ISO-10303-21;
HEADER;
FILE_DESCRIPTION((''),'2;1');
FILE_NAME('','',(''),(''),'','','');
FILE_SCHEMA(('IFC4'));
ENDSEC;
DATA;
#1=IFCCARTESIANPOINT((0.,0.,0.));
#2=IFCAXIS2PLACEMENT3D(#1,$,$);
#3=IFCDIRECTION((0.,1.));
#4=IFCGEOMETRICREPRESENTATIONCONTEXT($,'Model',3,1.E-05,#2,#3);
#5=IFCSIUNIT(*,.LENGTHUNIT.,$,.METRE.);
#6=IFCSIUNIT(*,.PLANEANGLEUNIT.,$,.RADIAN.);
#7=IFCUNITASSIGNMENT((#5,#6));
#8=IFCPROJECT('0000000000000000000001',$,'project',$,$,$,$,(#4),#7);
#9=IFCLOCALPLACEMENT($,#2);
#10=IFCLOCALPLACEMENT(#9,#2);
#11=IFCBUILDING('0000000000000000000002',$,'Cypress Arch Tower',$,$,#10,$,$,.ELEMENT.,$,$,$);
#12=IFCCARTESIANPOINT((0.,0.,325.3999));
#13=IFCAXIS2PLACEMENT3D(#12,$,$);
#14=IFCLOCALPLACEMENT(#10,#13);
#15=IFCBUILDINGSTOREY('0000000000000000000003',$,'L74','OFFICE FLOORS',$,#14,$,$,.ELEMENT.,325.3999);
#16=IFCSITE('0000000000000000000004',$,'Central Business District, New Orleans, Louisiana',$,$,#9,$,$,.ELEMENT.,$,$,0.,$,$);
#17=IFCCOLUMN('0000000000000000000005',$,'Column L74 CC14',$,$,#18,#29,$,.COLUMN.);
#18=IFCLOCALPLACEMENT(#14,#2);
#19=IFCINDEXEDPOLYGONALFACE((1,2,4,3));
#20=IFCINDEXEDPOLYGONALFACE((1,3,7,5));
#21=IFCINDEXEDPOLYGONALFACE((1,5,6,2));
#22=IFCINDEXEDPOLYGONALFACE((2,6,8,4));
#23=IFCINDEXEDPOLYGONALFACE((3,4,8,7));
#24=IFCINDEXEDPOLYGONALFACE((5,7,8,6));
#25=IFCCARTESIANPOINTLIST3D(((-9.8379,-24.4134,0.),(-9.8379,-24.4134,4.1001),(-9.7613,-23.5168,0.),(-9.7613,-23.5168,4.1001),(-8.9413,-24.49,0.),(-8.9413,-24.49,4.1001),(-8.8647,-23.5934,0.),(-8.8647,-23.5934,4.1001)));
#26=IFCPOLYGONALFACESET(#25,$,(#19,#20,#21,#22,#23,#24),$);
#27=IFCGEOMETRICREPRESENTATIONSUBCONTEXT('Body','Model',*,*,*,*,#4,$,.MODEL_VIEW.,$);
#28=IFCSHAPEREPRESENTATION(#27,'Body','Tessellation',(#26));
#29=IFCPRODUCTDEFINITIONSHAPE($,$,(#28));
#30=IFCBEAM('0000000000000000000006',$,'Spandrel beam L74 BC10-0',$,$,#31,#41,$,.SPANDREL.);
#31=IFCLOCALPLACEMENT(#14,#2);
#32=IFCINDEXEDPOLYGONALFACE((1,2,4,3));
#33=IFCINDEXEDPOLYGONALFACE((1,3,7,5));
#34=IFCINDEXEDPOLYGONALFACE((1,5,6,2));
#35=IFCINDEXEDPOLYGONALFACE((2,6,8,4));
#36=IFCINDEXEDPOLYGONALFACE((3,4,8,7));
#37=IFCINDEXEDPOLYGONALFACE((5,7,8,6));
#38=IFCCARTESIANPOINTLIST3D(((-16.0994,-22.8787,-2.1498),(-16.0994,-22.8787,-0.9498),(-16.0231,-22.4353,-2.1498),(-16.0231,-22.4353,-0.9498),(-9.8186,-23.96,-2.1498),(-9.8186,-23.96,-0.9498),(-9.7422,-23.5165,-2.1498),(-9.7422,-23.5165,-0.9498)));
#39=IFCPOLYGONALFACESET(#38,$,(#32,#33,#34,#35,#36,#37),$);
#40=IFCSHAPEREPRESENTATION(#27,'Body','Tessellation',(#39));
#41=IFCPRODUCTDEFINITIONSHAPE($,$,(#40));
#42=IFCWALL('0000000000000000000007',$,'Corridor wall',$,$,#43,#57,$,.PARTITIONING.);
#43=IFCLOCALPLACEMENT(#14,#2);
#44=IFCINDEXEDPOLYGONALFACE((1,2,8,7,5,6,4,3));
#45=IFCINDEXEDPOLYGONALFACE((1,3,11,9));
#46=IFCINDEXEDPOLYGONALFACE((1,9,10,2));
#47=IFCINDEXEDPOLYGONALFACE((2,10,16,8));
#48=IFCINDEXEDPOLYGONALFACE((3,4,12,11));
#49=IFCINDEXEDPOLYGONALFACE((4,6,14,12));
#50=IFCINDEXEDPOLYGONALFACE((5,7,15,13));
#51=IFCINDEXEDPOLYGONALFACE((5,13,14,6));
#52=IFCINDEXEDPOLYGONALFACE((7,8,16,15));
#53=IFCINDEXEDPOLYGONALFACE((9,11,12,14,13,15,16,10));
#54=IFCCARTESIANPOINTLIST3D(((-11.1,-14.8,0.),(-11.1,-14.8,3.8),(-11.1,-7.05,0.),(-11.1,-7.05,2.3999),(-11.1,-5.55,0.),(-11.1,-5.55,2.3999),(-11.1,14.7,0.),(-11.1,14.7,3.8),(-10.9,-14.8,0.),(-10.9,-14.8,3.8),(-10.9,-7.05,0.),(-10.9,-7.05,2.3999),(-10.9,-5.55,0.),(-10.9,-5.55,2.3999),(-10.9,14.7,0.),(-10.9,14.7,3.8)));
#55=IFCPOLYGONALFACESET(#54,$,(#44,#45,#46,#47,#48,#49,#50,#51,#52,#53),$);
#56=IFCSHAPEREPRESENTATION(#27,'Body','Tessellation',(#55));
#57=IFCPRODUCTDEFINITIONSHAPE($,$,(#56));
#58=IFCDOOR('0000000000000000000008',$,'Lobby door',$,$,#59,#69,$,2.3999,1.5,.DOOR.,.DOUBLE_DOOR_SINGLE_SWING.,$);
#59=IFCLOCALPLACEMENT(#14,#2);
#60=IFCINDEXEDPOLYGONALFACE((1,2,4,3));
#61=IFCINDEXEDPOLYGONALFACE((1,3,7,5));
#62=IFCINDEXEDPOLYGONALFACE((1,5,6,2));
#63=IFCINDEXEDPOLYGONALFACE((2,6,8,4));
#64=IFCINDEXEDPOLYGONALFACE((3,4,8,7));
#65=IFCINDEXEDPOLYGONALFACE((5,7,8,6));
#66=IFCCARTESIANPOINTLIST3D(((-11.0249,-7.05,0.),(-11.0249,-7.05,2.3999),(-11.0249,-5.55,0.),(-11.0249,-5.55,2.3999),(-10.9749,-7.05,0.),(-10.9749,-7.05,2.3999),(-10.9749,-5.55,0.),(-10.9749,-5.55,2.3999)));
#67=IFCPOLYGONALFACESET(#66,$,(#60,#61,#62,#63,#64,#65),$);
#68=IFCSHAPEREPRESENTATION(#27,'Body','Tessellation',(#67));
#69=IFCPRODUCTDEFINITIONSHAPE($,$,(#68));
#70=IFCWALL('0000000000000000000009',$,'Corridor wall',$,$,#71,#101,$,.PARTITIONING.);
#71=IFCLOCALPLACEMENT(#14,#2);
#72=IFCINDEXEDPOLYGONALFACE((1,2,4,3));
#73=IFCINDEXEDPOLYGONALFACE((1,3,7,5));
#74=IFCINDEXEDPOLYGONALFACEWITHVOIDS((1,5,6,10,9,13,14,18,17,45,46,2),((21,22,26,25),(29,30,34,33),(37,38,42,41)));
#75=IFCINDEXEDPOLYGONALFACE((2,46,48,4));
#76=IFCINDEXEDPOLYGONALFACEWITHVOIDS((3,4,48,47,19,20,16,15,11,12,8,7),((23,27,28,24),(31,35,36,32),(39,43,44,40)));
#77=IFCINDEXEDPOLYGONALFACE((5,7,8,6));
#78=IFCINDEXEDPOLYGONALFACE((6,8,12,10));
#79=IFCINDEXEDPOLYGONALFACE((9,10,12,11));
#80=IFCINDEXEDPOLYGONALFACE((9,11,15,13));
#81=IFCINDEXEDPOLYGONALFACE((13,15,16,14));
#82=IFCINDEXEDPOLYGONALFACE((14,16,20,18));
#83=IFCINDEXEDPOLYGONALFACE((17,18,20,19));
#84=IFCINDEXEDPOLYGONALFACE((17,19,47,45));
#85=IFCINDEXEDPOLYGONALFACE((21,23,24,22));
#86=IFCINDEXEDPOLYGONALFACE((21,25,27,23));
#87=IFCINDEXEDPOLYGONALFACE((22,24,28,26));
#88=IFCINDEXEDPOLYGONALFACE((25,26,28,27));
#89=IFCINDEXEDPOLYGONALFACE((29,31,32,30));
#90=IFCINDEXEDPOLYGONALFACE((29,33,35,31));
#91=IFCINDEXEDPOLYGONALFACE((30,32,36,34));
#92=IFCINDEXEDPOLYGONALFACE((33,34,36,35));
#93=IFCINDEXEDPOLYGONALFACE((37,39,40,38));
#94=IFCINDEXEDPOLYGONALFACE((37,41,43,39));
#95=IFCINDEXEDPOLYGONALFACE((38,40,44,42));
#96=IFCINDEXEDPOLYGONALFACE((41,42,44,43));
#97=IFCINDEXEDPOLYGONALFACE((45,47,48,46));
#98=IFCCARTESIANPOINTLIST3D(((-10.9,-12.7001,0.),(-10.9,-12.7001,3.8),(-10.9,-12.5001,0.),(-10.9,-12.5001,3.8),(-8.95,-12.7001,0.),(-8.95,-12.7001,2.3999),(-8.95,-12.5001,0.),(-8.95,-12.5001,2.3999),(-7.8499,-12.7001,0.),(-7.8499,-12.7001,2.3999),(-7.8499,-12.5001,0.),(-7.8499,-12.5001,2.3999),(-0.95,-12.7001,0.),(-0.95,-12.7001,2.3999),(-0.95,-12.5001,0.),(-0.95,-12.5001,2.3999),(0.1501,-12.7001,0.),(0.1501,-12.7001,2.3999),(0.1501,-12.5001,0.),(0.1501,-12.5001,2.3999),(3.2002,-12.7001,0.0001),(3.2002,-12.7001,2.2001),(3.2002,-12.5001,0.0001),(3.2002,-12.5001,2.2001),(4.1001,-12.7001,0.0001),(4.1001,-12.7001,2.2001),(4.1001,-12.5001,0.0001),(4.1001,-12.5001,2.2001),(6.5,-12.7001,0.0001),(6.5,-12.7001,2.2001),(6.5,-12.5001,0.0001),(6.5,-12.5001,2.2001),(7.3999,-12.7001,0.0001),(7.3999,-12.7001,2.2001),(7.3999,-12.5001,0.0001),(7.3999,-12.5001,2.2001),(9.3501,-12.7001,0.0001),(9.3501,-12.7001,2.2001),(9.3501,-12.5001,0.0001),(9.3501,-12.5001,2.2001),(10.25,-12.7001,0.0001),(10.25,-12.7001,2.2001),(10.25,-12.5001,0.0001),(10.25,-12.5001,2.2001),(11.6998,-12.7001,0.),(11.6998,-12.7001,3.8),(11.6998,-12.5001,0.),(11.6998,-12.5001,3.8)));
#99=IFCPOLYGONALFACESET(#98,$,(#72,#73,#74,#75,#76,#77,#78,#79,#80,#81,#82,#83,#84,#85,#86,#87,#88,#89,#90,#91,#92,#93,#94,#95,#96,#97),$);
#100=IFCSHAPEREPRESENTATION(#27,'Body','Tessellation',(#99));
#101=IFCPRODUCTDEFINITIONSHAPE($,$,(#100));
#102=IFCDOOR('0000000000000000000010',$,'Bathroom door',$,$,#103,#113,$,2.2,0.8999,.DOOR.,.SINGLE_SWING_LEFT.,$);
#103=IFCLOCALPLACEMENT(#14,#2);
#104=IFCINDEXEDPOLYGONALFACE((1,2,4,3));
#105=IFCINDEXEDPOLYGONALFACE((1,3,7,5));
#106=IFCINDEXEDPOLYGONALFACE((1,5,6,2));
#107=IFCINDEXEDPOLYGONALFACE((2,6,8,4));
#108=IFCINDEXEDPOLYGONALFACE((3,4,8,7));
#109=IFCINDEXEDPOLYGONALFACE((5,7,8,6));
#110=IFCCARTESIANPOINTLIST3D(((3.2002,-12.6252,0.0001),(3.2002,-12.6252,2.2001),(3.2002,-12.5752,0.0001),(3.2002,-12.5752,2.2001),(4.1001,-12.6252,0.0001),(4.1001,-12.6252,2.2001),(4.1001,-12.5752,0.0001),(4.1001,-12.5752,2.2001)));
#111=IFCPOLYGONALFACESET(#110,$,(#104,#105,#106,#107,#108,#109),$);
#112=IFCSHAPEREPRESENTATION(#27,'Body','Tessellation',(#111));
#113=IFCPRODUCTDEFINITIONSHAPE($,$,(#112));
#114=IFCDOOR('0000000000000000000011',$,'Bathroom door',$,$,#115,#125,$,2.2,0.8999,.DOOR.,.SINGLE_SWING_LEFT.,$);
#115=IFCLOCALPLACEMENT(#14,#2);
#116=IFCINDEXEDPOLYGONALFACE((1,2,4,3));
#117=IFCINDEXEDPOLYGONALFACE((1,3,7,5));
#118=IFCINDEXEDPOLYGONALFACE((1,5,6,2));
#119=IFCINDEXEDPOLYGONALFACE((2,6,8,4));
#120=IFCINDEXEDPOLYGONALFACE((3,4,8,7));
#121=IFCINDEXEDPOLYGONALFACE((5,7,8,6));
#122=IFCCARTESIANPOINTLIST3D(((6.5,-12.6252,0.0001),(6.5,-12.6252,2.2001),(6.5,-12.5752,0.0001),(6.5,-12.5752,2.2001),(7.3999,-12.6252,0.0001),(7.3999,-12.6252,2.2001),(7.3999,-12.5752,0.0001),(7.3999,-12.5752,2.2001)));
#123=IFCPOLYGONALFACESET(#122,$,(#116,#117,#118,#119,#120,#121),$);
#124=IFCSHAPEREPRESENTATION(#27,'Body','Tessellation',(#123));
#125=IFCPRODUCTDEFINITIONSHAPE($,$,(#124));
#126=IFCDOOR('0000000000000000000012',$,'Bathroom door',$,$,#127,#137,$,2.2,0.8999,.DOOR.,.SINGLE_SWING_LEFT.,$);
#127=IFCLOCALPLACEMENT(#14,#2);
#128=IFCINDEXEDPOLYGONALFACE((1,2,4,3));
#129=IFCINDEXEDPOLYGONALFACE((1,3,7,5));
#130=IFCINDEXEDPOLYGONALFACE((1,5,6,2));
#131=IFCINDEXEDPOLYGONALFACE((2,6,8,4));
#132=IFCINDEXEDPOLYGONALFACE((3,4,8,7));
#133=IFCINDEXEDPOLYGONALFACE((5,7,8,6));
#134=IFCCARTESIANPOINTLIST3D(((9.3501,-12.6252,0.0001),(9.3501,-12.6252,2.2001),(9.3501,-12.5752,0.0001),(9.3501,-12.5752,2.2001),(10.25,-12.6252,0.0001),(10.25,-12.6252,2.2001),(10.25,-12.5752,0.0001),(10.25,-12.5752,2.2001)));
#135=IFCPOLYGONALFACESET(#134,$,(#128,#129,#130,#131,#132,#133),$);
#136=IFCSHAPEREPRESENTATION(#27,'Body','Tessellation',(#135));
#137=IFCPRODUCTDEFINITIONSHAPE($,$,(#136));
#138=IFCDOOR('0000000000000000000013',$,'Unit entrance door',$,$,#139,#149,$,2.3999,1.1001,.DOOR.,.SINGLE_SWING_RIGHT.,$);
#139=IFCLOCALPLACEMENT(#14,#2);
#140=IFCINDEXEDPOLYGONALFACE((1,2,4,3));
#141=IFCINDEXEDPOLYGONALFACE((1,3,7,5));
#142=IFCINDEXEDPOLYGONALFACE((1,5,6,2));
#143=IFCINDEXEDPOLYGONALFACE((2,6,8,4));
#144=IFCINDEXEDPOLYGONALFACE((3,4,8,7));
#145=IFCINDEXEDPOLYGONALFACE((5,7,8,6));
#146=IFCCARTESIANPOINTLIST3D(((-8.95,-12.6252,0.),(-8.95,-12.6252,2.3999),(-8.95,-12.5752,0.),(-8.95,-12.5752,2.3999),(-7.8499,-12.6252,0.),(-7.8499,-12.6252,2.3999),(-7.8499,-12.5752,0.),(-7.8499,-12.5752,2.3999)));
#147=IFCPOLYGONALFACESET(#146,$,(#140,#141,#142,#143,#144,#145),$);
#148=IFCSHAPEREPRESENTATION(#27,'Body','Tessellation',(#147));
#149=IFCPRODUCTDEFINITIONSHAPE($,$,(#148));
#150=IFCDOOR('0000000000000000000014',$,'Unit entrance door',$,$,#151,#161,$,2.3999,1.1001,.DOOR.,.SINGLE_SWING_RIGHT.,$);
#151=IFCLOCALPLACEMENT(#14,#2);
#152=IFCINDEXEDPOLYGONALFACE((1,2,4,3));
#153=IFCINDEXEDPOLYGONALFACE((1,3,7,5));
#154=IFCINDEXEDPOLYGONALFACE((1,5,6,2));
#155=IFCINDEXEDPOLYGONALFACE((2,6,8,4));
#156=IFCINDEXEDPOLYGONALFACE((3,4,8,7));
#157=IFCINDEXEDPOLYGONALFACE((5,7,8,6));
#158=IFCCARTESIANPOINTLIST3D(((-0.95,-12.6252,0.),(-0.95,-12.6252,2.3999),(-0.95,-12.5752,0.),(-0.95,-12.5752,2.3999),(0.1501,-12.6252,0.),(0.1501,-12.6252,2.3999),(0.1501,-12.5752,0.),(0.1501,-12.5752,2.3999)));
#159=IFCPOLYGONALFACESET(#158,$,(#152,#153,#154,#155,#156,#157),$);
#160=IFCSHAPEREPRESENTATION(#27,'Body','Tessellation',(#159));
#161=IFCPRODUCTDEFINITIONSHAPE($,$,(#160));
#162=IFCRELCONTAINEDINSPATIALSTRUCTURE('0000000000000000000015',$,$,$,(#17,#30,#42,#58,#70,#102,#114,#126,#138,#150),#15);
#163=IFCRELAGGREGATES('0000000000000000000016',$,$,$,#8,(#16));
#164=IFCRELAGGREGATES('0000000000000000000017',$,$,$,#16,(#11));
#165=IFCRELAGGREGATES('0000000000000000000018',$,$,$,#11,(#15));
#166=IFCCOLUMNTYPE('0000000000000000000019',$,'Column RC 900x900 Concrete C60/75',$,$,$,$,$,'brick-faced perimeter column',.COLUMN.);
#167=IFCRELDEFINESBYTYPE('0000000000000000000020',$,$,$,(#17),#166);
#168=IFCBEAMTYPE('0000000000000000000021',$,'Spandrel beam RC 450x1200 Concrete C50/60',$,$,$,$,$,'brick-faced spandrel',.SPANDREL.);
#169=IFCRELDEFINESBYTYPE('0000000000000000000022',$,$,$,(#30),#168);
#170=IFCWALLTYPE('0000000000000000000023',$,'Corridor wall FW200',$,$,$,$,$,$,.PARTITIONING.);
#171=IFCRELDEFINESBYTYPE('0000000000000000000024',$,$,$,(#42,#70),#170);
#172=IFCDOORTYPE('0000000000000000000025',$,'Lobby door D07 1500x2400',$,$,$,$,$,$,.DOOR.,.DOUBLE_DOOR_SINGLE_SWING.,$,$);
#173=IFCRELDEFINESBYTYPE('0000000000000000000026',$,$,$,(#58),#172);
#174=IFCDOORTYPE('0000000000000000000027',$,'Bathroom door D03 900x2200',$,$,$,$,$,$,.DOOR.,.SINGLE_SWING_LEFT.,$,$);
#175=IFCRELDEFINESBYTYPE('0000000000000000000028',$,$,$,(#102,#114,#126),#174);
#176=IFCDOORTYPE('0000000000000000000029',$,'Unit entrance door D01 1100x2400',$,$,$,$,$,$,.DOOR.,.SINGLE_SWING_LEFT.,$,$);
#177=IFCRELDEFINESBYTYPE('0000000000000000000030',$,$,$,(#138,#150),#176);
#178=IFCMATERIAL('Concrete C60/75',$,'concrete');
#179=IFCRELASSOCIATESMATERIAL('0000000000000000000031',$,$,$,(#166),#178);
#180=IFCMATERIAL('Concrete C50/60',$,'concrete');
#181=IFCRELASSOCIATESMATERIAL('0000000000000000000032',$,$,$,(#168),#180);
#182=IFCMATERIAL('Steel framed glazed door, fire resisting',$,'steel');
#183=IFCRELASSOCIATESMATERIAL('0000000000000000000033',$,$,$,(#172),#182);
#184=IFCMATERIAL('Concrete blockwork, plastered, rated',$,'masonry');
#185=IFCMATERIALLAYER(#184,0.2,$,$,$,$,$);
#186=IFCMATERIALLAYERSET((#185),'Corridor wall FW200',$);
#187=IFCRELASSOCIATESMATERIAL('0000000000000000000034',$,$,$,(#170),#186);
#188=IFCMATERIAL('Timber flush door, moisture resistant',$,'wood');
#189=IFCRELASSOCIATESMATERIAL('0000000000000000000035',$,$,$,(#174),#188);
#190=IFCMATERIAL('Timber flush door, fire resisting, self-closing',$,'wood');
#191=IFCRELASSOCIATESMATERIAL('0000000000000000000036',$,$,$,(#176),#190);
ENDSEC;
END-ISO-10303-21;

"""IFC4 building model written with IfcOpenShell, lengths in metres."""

from ifc_helpers import new_model, si_unit, direction, frame, frame_2d, origin, origin_2d, place, context, subcontext, project, spatial, rectangle, extrude, material, layer, layer_set, material_profile, profile_set, type_object, element, fill, save


model = new_model("IFC4")

# Units and contexts
model_context = context("Model", 3, precision=1e-05, world=origin(), true_north=direction((0.0, 1.0)))
body_context = subcontext(model_context, "Body", "Model", "MODEL_VIEW")
ifc_project = project(units=[si_unit("LENGTHUNIT", "METRE"), si_unit("PLANEANGLEUNIT", "RADIAN")], contexts=[model_context])

# Site, building, storey
site_placement = place(None, origin())
site = spatial("IfcSite", under=ifc_project, at=site_placement, Name="Central Business District, New Orleans, Louisiana", CompositionType="ELEMENT", RefElevation=0.0)
building_placement = place(site_placement, origin())
building = spatial("IfcBuilding", under=site, at=building_placement, Name="Cypress Arch Tower", CompositionType="ELEMENT")
storey_placement = place(building_placement, frame((0.0, 0.0, 325.3999)))
storey = spatial("IfcBuildingStorey", under=building, at=storey_placement, Name="L74", Description="OFFICE FLOORS", CompositionType="ELEMENT", Elevation=325.3999)

# Column
ifc_material_1 = material(Name="Concrete C60/75", Category="concrete")
ifc_material_profile_1 = material_profile(ifc_material_1, rectangle(XDim=0.8999, YDim=0.8999, at=origin_2d()), Name="RC 900x900")
ifc_profile_set_1 = profile_set([ifc_material_profile_1], Name="Concrete C60/75")
column_type = type_object("IfcColumnType", Name="Column RC 900x900 Concrete C60/75", ElementType="brick-faced perimeter column", PredefinedType="COLUMN", material=ifc_profile_set_1)
column_placement = place(storey_placement, frame((-9.3513, -24.0034, 0.0), z_axis=(0.0, 0.0, 1.0), x_axis=(0.996368, -0.085149, 0.0)))
element("IfcColumn", 1, at=column_placement, inside=storey, type_object=column_type, Name="Column L74 CC14", PredefinedType="COLUMN", context=body_context, shape_type="SweptSolid", body=[
    extrude(rectangle(XDim=0.8999, YDim=0.8999, at=origin_2d()), origin(), (0.0, 0.0, 1.0), 4.1001),
])

# Beam
ifc_material_2 = material(Name="Concrete C50/60", Category="concrete")
ifc_material_profile_2 = material_profile(ifc_material_2, rectangle(XDim=0.45, YDim=1.2, at=origin_2d()), Name="RC 450x1200")
ifc_profile_set_2 = profile_set([ifc_material_profile_2], Name="Concrete C50/60")
beam_type = type_object("IfcBeamType", Name="Spandrel beam RC 450x1200 Concrete C50/60", ElementType="brick-faced spandrel", PredefinedType="SPANDREL", material=ifc_profile_set_2)
beam_placement = place(storey_placement, frame((-16.0613, -22.657, -1.5498), z_axis=(0.985503, -0.169658, 0.0), x_axis=(0.169658, 0.985503, 0.0)))
element("IfcBeam", 2, at=beam_placement, inside=storey, type_object=beam_type, Name="Spandrel beam L74 BC10-0", PredefinedType="SPANDREL", context=body_context, shape_type="SweptSolid", body=[
    extrude(rectangle(XDim=0.45, YDim=1.2, at=origin_2d()), origin(), (0.0, 0.0, 1.0), 6.3733),
])

# Shared definitions
ifc_material_3 = material(Name="Steel framed glazed door, fire resisting", Category="steel")
door_type_1 = type_object("IfcDoorType", Name="Lobby door D07 1500x2400", OperationType="DOUBLE_DOOR_SINGLE_SWING", PredefinedType="DOOR", material=ifc_material_3)

# Shared definitions
ifc_material_4 = material(Name="Concrete blockwork, plastered, rated", Category="masonry")
ifc_layer_1 = layer(ifc_material_4, 0.2)
ifc_layer_set_1 = layer_set([ifc_layer_1], Name="Corridor wall FW200")
wall_type_1 = type_object("IfcWallType", Name="Corridor wall FW200", PredefinedType="PARTITIONING", material=ifc_layer_set_1)

# Wall, opening, door
wall_1_placement = place(storey_placement, frame((-11.0, -14.8, 0.0), z_axis=(0.0, 0.0, 1.0), x_axis=(0.0, 1.0, 0.0)))
wall_1 = element("IfcWall", 3, at=wall_1_placement, inside=storey, type_object=wall_type_1, Name="Corridor wall", PredefinedType="PARTITIONING", context=body_context, shape_type="SweptSolid", body=[
    extrude(rectangle(XDim=29.5, YDim=0.2, at=frame_2d((14.75, 0.0))), origin(), (0.0, 0.0, 1.0), 3.8),
])
opening_1_placement = place(wall_1_placement, frame((7.75, 0.0, 0.0)))
opening_1 = element("IfcOpeningElement", 4, at=opening_1_placement, cuts=wall_1, PredefinedType="OPENING", context=body_context, shape_type="SweptSolid", body=[
    extrude(rectangle(XDim=1.5, YDim=2.3999, at=frame_2d((0.75, 1.2))), frame((0.0, 0.1099, 0.0), z_axis=(0.0, -1.0, 0.0), x_axis=(1.0, 0.0, 0.0)), (0.0, 0.0, 1.0), 0.22),
])
door_1_placement = place(opening_1_placement, origin())
door_1 = element("IfcDoor", 5, at=door_1_placement, inside=storey, type_object=door_type_1, Name="Lobby door", OperationType="DOUBLE_DOOR_SINGLE_SWING", OverallHeight=2.3999, OverallWidth=1.5, PredefinedType="DOOR", context=body_context, shape_type="SweptSolid", body=[
    extrude(rectangle(XDim=1.5, YDim=2.3999, at=frame_2d((0.75, 1.2))), frame((0.0, 0.0249, 0.0), z_axis=(0.0, -1.0, 0.0), x_axis=(1.0, 0.0, 0.0)), (0.0, 0.0, 1.0), 0.05),
])
fill(opening_1, door_1)

# Wall, openings, doors
wall_2_placement = place(storey_placement, frame((-10.8999, -12.6001, 0.0), z_axis=(0.0, 0.0, 1.0), x_axis=(1.0, 0.0, 0.0)))
wall_2 = element("IfcWall", 6, at=wall_2_placement, inside=storey, type_object=wall_type_1, Name="Corridor wall", PredefinedType="PARTITIONING", context=body_context, shape_type="SweptSolid", body=[
    extrude(rectangle(XDim=22.5999, YDim=0.2, at=frame_2d((11.2998, 0.0))), origin(), (0.0, 0.0, 1.0), 3.8),
])
opening_2_placement = place(wall_2_placement, frame((14.1001, 0.0, 0.0)))
opening_2 = element("IfcOpeningElement", 7, at=opening_2_placement, cuts=wall_2, PredefinedType="OPENING", context=body_context, shape_type="SweptSolid", body=[
    extrude(rectangle(XDim=0.8999, YDim=2.2, at=frame_2d((0.45, 1.1001))), frame((0.0, 0.1099, 0.0), z_axis=(0.0, -1.0, 0.0), x_axis=(1.0, 0.0, 0.0)), (0.0, 0.0, 1.0), 0.22),
])
opening_3_placement = place(wall_2_placement, frame((17.3999, 0.0, 0.0)))
opening_3 = element("IfcOpeningElement", 8, at=opening_3_placement, cuts=wall_2, PredefinedType="OPENING", context=body_context, shape_type="SweptSolid", body=[
    extrude(rectangle(XDim=0.8999, YDim=2.2, at=frame_2d((0.45, 1.1001))), frame((0.0, 0.1099, 0.0), z_axis=(0.0, -1.0, 0.0), x_axis=(1.0, 0.0, 0.0)), (0.0, 0.0, 1.0), 0.22),
])
opening_4_placement = place(wall_2_placement, frame((20.25, 0.0, 0.0)))
opening_4 = element("IfcOpeningElement", 9, at=opening_4_placement, cuts=wall_2, PredefinedType="OPENING", context=body_context, shape_type="SweptSolid", body=[
    extrude(rectangle(XDim=0.8999, YDim=2.2, at=frame_2d((0.45, 1.1001))), frame((0.0, 0.1099, 0.0), z_axis=(0.0, -1.0, 0.0), x_axis=(1.0, 0.0, 0.0)), (0.0, 0.0, 1.0), 0.22),
])
opening_5_placement = place(wall_2_placement, frame((1.95, 0.0, 0.0)))
opening_5 = element("IfcOpeningElement", 10, at=opening_5_placement, cuts=wall_2, PredefinedType="OPENING", context=body_context, shape_type="SweptSolid", body=[
    extrude(rectangle(XDim=1.1001, YDim=2.3999, at=frame_2d((0.55, 1.2))), frame((0.0, 0.1099, 0.0), z_axis=(0.0, -1.0, 0.0), x_axis=(1.0, 0.0, 0.0)), (0.0, 0.0, 1.0), 0.22),
])
opening_6_placement = place(wall_2_placement, frame((9.95, 0.0, 0.0)))
opening_6 = element("IfcOpeningElement", 11, at=opening_6_placement, cuts=wall_2, PredefinedType="OPENING", context=body_context, shape_type="SweptSolid", body=[
    extrude(rectangle(XDim=1.1001, YDim=2.3999, at=frame_2d((0.55, 1.2))), frame((0.0, 0.1099, 0.0), z_axis=(0.0, -1.0, 0.0), x_axis=(1.0, 0.0, 0.0)), (0.0, 0.0, 1.0), 0.22),
])
ifc_material_5 = material(Name="Timber flush door, moisture resistant", Category="wood")
door_type_2 = type_object("IfcDoorType", Name="Bathroom door D03 900x2200", OperationType="SINGLE_SWING_LEFT", PredefinedType="DOOR", material=ifc_material_5)
door_2_placement = place(opening_2_placement, origin())
door_2 = element("IfcDoor", 12, at=door_2_placement, inside=storey, type_object=door_type_2, Name="Bathroom door", OperationType="SINGLE_SWING_LEFT", OverallHeight=2.2, OverallWidth=0.8999, PredefinedType="DOOR", context=body_context, shape_type="SweptSolid", body=[
    extrude(rectangle(XDim=0.8999, YDim=2.2, at=frame_2d((0.45, 1.1001))), frame((0.0, 0.0249, 0.0), z_axis=(0.0, -1.0, 0.0), x_axis=(1.0, 0.0, 0.0)), (0.0, 0.0, 1.0), 0.05),
])
fill(opening_2, door_2)
door_3_placement = place(opening_3_placement, origin())
door_3 = element("IfcDoor", 13, at=door_3_placement, inside=storey, type_object=door_type_2, Name="Bathroom door", OperationType="SINGLE_SWING_LEFT", OverallHeight=2.2, OverallWidth=0.8999, PredefinedType="DOOR", context=body_context, shape_type="SweptSolid", body=[
    extrude(rectangle(XDim=0.8999, YDim=2.2, at=frame_2d((0.45, 1.1001))), frame((0.0, 0.0249, 0.0), z_axis=(0.0, -1.0, 0.0), x_axis=(1.0, 0.0, 0.0)), (0.0, 0.0, 1.0), 0.05),
])
fill(opening_3, door_3)
door_4_placement = place(opening_4_placement, origin())
door_4 = element("IfcDoor", 14, at=door_4_placement, inside=storey, type_object=door_type_2, Name="Bathroom door", OperationType="SINGLE_SWING_LEFT", OverallHeight=2.2, OverallWidth=0.8999, PredefinedType="DOOR", context=body_context, shape_type="SweptSolid", body=[
    extrude(rectangle(XDim=0.8999, YDim=2.2, at=frame_2d((0.45, 1.1001))), frame((0.0, 0.0249, 0.0), z_axis=(0.0, -1.0, 0.0), x_axis=(1.0, 0.0, 0.0)), (0.0, 0.0, 1.0), 0.05),
])
fill(opening_4, door_4)
ifc_material_6 = material(Name="Timber flush door, fire resisting, self-closing", Category="wood")
door_type_3 = type_object("IfcDoorType", Name="Unit entrance door D01 1100x2400", OperationType="SINGLE_SWING_LEFT", PredefinedType="DOOR", material=ifc_material_6)
door_5_placement = place(opening_5_placement, origin())
door_5 = element("IfcDoor", 15, at=door_5_placement, inside=storey, type_object=door_type_3, Name="Unit entrance door", OperationType="SINGLE_SWING_RIGHT", OverallHeight=2.3999, OverallWidth=1.1001, PredefinedType="DOOR", context=body_context, shape_type="SweptSolid", body=[
    extrude(rectangle(XDim=1.1001, YDim=2.3999, at=frame_2d((0.55, 1.2))), frame((0.0, 0.0249, 0.0), z_axis=(0.0, -1.0, 0.0), x_axis=(1.0, 0.0, 0.0)), (0.0, 0.0, 1.0), 0.05),
])
fill(opening_5, door_5)
door_6_placement = place(opening_6_placement, origin())
door_6 = element("IfcDoor", 16, at=door_6_placement, inside=storey, type_object=door_type_3, Name="Unit entrance door", OperationType="SINGLE_SWING_RIGHT", OverallHeight=2.3999, OverallWidth=1.1001, PredefinedType="DOOR", context=body_context, shape_type="SweptSolid", body=[
    extrude(rectangle(XDim=1.1001, YDim=2.3999, at=frame_2d((0.55, 1.2))), frame((0.0, 0.0249, 0.0), z_axis=(0.0, -1.0, 0.0), x_axis=(1.0, 0.0, 0.0)), (0.0, 0.0, 1.0), 0.05),
])
fill(opening_6, door_6)

save(model, "model.ifc")
